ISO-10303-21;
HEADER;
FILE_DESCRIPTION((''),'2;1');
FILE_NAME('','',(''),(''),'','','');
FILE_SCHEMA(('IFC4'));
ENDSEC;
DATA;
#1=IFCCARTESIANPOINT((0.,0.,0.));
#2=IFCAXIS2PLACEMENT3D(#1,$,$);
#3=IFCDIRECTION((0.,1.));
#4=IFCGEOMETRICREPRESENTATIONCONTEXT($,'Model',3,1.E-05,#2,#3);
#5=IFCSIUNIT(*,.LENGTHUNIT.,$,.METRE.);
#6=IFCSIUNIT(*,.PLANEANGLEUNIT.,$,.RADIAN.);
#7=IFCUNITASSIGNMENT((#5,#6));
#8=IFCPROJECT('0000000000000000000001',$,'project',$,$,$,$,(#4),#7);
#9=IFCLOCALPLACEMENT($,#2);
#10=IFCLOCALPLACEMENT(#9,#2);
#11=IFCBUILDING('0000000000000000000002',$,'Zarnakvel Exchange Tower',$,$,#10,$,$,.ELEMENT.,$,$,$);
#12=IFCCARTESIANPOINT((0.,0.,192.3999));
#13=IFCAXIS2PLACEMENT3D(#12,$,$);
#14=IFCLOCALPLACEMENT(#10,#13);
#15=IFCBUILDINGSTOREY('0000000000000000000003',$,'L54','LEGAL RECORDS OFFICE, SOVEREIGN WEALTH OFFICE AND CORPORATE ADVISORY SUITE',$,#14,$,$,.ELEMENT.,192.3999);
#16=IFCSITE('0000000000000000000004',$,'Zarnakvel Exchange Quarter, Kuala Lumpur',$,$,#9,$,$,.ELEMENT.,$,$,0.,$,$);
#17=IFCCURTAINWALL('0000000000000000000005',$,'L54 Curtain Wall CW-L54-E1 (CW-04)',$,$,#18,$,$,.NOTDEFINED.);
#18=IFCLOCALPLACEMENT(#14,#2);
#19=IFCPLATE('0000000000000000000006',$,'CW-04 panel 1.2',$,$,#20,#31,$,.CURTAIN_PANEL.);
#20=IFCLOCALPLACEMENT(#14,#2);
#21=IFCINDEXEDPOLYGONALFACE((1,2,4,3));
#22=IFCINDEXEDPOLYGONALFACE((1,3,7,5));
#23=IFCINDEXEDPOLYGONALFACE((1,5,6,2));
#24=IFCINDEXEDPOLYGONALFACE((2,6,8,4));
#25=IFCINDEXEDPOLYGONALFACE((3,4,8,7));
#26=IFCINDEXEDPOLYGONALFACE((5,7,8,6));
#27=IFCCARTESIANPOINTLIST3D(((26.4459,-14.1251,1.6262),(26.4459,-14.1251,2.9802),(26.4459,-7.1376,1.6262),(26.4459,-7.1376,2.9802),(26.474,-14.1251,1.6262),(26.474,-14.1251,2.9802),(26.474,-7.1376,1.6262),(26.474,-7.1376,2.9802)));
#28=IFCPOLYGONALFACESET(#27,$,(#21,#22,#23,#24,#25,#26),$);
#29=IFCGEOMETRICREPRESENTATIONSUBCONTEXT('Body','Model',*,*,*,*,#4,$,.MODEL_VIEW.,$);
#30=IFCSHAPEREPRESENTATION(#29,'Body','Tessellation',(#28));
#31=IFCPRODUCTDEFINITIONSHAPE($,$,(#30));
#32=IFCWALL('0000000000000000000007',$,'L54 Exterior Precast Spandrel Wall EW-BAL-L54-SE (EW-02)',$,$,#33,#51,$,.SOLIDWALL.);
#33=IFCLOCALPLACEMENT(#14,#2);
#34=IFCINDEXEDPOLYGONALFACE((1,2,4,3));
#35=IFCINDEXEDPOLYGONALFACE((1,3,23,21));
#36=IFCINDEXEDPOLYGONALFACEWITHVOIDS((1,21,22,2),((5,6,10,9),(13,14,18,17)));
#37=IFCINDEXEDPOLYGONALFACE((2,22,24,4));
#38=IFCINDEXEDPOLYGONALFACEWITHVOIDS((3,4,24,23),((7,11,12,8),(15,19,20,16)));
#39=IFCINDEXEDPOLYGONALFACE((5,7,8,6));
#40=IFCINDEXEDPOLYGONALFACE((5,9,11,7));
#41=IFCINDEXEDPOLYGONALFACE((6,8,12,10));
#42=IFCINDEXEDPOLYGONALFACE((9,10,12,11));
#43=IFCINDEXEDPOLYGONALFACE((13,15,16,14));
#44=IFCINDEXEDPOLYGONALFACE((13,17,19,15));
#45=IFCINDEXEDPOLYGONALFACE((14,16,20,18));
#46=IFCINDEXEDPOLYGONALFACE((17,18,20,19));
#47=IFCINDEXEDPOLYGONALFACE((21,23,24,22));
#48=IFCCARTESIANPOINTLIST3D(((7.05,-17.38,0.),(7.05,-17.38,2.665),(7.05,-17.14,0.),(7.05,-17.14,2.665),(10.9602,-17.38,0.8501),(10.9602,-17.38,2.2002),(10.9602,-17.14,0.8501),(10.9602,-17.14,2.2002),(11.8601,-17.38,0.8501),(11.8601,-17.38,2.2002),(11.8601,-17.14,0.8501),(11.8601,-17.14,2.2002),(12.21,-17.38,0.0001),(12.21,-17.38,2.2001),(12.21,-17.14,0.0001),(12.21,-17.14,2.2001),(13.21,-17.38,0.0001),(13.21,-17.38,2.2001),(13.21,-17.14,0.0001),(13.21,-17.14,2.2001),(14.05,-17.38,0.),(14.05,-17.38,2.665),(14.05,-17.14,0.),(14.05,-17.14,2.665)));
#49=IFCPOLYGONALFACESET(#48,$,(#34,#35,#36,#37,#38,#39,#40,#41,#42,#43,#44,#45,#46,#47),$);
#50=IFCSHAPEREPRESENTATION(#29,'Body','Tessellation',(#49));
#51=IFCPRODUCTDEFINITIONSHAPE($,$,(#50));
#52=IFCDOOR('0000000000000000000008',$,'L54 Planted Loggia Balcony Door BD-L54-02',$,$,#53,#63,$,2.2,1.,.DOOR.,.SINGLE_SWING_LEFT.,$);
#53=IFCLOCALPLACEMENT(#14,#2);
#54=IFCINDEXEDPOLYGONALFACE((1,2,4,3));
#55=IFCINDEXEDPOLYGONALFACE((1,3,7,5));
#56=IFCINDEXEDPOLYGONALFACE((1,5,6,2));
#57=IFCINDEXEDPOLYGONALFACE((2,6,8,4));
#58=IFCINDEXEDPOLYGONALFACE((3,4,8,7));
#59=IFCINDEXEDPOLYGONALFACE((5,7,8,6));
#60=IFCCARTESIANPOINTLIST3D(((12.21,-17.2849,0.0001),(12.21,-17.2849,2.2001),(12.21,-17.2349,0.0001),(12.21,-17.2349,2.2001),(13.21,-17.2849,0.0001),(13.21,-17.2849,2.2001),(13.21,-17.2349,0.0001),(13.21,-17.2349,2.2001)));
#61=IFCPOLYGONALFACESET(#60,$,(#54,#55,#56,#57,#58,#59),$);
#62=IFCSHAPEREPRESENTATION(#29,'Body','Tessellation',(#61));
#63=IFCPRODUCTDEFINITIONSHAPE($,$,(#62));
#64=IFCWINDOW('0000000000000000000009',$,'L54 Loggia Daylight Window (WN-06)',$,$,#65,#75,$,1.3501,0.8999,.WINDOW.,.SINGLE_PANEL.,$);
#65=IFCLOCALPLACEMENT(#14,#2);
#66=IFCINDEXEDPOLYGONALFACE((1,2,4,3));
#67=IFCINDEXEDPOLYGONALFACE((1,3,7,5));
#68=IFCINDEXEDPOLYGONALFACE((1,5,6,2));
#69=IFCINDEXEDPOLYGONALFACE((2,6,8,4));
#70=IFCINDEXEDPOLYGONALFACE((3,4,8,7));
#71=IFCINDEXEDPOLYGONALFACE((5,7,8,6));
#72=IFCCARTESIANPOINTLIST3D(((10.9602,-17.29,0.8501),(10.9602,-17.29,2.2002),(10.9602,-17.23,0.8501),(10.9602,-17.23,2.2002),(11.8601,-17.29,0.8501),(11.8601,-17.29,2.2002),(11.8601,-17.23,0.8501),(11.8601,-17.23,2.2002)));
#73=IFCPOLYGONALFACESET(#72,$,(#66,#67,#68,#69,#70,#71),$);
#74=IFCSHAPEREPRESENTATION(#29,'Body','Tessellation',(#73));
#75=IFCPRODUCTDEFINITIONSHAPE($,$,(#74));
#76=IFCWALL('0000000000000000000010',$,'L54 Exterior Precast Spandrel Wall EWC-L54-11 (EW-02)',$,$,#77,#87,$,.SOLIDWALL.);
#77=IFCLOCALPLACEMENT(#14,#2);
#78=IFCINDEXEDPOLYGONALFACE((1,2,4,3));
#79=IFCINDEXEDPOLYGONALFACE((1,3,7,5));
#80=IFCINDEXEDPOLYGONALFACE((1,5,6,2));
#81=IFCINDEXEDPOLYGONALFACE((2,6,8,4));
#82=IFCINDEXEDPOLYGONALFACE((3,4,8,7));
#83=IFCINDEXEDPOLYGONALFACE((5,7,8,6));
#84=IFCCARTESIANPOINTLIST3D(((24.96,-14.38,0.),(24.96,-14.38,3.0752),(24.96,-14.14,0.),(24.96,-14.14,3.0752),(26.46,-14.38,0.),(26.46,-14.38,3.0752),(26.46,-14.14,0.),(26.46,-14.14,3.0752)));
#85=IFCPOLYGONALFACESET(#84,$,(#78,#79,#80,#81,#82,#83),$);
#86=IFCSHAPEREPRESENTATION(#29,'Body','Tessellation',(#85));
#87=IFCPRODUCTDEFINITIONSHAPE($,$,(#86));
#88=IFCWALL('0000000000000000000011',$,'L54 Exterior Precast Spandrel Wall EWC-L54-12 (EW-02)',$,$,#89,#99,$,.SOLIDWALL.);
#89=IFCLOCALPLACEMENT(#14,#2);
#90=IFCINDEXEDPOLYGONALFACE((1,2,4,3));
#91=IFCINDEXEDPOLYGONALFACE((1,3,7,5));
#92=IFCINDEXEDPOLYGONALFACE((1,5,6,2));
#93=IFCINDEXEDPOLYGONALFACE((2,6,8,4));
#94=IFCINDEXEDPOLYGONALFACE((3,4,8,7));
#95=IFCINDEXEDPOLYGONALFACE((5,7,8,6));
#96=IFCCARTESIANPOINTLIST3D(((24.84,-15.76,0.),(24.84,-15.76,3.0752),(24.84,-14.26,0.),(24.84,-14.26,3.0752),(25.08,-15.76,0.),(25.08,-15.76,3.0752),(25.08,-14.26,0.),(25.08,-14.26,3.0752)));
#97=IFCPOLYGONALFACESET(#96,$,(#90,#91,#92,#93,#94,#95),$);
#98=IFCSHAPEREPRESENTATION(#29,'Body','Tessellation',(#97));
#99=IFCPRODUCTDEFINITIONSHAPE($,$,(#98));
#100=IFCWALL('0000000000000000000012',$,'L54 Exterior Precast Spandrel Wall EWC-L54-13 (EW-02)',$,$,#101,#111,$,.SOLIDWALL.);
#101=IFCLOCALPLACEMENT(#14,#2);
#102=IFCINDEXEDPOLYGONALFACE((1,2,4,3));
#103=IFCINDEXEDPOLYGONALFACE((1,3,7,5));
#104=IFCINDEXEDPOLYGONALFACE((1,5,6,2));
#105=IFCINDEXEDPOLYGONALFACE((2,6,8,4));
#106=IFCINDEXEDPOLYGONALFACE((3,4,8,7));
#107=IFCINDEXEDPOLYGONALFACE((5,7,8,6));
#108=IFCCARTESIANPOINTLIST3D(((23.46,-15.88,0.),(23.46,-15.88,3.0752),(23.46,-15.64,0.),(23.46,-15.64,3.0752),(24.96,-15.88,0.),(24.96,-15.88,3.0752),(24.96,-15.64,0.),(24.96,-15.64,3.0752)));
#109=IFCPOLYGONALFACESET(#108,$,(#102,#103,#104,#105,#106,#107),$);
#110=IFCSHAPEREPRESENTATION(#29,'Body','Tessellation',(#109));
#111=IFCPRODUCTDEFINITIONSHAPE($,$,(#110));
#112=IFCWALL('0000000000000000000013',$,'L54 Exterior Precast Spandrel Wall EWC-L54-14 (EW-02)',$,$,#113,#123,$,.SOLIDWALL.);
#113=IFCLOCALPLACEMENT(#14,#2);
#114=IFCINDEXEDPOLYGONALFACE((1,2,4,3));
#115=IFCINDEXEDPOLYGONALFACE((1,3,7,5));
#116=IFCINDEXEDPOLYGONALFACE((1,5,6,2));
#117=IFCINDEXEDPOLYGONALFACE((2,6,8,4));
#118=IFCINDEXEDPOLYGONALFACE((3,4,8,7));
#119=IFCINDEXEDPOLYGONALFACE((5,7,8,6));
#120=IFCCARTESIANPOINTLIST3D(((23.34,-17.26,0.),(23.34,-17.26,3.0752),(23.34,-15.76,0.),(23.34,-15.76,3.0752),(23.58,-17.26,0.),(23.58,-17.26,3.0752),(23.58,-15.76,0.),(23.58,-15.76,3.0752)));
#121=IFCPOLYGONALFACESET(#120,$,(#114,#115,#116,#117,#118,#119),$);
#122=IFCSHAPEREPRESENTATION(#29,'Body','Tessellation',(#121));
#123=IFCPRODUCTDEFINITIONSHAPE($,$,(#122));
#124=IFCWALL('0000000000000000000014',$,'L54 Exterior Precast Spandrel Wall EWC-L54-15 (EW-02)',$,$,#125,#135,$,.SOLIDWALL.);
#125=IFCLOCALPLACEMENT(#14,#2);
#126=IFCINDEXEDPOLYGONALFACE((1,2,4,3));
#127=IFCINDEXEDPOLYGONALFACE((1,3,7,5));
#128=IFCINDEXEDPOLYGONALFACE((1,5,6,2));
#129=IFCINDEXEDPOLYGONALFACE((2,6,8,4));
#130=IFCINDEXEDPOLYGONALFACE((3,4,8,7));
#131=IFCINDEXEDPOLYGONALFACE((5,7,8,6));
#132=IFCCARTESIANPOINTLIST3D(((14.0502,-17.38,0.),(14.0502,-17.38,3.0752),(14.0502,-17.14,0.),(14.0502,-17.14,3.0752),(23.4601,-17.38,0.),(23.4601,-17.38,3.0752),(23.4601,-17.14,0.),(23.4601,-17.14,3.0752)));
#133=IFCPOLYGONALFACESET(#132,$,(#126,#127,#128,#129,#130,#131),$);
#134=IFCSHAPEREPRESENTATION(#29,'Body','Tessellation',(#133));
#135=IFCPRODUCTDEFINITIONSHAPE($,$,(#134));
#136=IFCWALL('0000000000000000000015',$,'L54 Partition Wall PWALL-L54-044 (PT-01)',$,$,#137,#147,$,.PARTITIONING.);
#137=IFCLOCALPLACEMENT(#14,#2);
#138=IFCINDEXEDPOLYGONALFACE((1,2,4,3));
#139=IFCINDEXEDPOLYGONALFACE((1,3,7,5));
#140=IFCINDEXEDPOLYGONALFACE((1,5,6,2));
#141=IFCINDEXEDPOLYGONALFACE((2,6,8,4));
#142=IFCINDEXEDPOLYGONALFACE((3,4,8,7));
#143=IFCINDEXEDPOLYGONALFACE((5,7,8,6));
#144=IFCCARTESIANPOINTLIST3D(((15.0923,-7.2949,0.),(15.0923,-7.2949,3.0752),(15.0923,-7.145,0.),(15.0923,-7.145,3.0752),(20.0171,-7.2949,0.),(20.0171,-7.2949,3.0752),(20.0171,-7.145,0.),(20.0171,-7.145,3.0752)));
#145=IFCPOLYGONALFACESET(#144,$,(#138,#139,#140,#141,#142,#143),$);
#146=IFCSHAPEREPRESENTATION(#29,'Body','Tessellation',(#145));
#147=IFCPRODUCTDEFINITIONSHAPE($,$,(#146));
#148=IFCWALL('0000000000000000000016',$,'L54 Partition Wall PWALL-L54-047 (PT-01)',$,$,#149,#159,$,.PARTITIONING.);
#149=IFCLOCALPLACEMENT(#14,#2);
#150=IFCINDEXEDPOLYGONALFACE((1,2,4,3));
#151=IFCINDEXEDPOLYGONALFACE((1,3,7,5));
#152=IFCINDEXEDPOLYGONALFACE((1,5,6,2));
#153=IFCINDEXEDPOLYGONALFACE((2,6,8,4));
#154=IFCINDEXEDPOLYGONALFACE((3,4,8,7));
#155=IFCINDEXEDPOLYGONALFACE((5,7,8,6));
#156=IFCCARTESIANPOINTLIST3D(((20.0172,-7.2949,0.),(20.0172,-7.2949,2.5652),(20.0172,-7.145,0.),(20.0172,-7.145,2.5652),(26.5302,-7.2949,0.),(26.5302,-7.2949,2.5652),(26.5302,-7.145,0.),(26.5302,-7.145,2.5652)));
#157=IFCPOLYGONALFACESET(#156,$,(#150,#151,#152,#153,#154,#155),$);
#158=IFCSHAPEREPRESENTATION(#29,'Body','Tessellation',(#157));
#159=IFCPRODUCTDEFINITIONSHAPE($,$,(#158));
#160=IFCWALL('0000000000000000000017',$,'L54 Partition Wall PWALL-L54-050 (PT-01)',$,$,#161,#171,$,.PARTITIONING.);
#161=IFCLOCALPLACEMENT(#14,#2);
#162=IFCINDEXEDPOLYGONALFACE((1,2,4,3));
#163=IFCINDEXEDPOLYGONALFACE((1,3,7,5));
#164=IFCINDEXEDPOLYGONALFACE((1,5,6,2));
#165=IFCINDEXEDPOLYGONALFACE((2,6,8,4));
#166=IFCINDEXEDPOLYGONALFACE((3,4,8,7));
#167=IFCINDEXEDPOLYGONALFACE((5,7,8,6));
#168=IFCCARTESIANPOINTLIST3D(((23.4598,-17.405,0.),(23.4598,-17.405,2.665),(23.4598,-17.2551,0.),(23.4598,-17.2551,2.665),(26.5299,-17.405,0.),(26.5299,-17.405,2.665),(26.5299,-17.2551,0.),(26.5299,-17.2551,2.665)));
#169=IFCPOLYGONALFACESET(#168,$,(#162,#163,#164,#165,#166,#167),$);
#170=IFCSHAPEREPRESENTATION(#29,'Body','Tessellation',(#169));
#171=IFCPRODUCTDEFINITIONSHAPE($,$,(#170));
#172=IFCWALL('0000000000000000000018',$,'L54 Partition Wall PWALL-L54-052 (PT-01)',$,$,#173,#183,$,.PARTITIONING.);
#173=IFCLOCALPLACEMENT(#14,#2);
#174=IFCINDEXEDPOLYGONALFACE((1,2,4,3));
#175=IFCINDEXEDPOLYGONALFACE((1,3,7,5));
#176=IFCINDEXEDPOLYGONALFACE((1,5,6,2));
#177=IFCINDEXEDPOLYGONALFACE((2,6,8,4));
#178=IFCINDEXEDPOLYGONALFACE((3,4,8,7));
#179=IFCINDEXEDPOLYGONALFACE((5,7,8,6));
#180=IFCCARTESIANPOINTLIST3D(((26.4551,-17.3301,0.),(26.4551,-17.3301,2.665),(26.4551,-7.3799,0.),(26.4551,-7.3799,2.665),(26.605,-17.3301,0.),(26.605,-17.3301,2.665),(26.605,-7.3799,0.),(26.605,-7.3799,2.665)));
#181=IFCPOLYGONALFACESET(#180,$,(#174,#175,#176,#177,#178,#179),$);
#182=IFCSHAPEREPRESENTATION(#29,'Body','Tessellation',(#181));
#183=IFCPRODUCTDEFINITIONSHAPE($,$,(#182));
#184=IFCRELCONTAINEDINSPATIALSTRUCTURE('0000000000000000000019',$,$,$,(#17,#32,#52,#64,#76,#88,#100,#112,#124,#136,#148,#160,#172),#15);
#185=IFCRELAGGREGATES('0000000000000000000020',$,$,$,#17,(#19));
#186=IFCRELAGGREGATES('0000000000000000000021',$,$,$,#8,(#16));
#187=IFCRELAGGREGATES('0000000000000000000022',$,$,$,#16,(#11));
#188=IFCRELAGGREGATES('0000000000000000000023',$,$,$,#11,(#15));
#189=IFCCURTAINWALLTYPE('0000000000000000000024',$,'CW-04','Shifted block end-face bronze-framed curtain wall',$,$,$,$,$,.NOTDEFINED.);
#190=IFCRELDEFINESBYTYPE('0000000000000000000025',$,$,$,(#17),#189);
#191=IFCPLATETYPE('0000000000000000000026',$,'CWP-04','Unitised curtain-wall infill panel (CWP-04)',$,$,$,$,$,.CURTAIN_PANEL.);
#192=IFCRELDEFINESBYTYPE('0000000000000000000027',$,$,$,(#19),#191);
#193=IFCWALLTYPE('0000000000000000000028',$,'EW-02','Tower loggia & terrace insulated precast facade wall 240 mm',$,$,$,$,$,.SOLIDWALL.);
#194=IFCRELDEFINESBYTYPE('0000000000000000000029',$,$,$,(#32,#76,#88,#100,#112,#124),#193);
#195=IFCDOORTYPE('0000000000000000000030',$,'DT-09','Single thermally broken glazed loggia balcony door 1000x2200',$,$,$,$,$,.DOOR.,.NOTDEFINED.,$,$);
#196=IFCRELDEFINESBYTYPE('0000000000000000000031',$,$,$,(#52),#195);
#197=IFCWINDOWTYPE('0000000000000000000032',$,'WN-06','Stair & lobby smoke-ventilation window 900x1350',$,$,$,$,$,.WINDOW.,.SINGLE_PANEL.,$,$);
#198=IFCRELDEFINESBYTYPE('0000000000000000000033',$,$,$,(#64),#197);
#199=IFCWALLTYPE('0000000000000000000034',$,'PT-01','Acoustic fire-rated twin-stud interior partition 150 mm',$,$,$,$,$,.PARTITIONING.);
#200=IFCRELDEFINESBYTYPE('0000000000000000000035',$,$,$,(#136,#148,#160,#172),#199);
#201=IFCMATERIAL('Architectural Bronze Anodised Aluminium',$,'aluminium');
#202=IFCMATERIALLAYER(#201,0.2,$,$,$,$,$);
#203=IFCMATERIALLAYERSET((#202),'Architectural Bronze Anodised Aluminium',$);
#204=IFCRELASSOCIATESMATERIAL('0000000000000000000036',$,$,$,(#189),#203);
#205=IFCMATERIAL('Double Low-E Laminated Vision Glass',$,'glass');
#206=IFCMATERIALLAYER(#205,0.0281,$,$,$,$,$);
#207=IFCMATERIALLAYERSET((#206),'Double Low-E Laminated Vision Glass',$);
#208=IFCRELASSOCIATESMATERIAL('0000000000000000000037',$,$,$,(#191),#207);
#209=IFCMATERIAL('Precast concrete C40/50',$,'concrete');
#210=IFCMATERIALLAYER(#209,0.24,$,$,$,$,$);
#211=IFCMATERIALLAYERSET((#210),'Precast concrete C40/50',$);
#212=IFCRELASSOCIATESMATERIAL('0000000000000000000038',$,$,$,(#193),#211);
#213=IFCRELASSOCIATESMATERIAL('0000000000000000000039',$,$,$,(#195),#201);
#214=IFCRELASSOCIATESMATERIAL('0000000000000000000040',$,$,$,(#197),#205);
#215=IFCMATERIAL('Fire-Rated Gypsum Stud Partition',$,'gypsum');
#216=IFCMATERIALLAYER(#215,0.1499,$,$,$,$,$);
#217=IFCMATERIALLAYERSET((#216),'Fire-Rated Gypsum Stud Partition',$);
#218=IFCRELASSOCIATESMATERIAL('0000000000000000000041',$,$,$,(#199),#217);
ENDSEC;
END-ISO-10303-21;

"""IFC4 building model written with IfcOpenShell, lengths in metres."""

from ifc_helpers import new_model, si_unit, direction, frame, frame_2d, origin, origin_2d, place, context, subcontext, project, spatial, rectangle, extrude, source, transform, mapped, material, layer, layer_set, type_object, element, fill, aggregate, save


model = new_model("IFC4")

# Units and contexts
model_context = context("Model", 3, precision=1e-05, world=origin(), true_north=direction((0.0, 1.0)))
body_context = subcontext(model_context, "Body", "Model", "MODEL_VIEW")
ifc_project = project(units=[si_unit("LENGTHUNIT", "METRE"), si_unit("PLANEANGLEUNIT", "RADIAN")], contexts=[model_context])

# Site, building, storey
site_placement = place(None, origin())
site = spatial("IfcSite", under=ifc_project, at=site_placement, Name="Zarnakvel Exchange Quarter, Kuala Lumpur", CompositionType="ELEMENT", RefElevation=0.0)
building_placement = place(site_placement, origin())
building = spatial("IfcBuilding", under=site, at=building_placement, Name="Zarnakvel Exchange Tower", CompositionType="ELEMENT")
storey_placement = place(building_placement, frame((0.0, 0.0, 192.3999)))
storey = spatial("IfcBuildingStorey", under=building, at=storey_placement, Name="L54", Description="LEGAL RECORDS OFFICE, SOVEREIGN WEALTH OFFICE AND CORPORATE ADVISORY SUITE", CompositionType="ELEMENT", Elevation=192.3999)

# Curtain wall, plate
ifc_material_1 = material(Name="Architectural Bronze Anodised Aluminium", Category="aluminium")
ifc_layer_1 = layer(ifc_material_1, 0.2)
ifc_layer_set_1 = layer_set([ifc_layer_1], Name="Architectural Bronze Anodised Aluminium")
curtain_wall_type = type_object("IfcCurtainWallType", Name="CW-04", Description="Shifted block end-face bronze-framed curtain wall", PredefinedType="NOTDEFINED", material=ifc_layer_set_1)
curtain_wall_placement = place(storey_placement, origin())
curtain_wall = element("IfcCurtainWall", 1, at=curtain_wall_placement, inside=storey, type_object=curtain_wall_type, Name="L54 Curtain Wall CW-L54-E1 (CW-04)", PredefinedType="NOTDEFINED")
ifc_material_2 = material(Name="Double Low-E Laminated Vision Glass", Category="glass")
ifc_layer_2 = layer(ifc_material_2, 0.0281)
ifc_layer_set_2 = layer_set([ifc_layer_2], Name="Double Low-E Laminated Vision Glass")
plate_type = type_object("IfcPlateType", Name="CWP-04", Description="Unitised curtain-wall infill panel (CWP-04)", PredefinedType="CURTAIN_PANEL", material=ifc_layer_set_2)
shared_shape_1 = source(origin(), body_context, "Body", "SweptSolid", [
    extrude(rectangle(XDim=6.9875, YDim=0.0281, at=origin_2d()), origin(), (0.0, 0.0, 1.0), 1.354),
])
plate_1_placement = place(storey_placement, frame((26.46, -10.6313, 1.6262), z_axis=(0.0, 0.0, 1.0), x_axis=(0.0, 1.0, 0.0)))
plate_1 = element("IfcPlate", 2, at=plate_1_placement, type_object=plate_type, Name="CW-04 panel 1.2", PredefinedType="CURTAIN_PANEL", context=body_context, shape_type="MappedRepresentation", body=[
    mapped(shared_shape_1, transform((0.0, 0.0, 0.0), x_axis=(1.0, 0.0, 0.0), y_axis=(0.0, 1.0, 0.0), z_axis=(0.0, 0.0, 1.0), scale=1.0)),
])
aggregate(curtain_wall, [plate_1])

# Wall, openings, door, window
ifc_material_3 = material(Name="Precast concrete C40/50", Category="concrete")
ifc_layer_3 = layer(ifc_material_3, 0.24)
ifc_layer_set_3 = layer_set([ifc_layer_3], Name="Precast concrete C40/50")
wall_type_1 = type_object("IfcWallType", Name="EW-02", Description="Tower loggia & terrace insulated precast facade wall 240 mm", PredefinedType="SOLIDWALL", material=ifc_layer_set_3)
wall_1_placement = place(storey_placement, frame((14.05, -17.26, 0.0), z_axis=(0.0, 0.0, 1.0), x_axis=(-1.0, 0.0, 0.0)))
wall_1 = element("IfcWall", 3, at=wall_1_placement, inside=storey, type_object=wall_type_1, Name="L54 Exterior Precast Spandrel Wall EW-BAL-L54-SE (EW-02)", PredefinedType="SOLIDWALL", context=body_context, shape_type="SweptSolid", body=[
    extrude(rectangle(XDim=7.0, YDim=0.24, at=frame_2d((3.5, 0.0))), origin(), (0.0, 0.0, 1.0), 2.665),
])
opening_1_placement = place(wall_1_placement, frame((0.8401, 0.0, 0.0)))
opening_1 = element("IfcOpeningElement", 4, at=opening_1_placement, cuts=wall_1, PredefinedType="OPENING", context=body_context, shape_type="SweptSolid", body=[
    extrude(rectangle(XDim=1.0, YDim=2.2, at=frame_2d((0.5, 1.1001))), frame((0.0, 0.1299, 0.0), z_axis=(0.0, -1.0, 0.0), x_axis=(1.0, 0.0, 0.0)), (0.0, 0.0, 1.0), 0.26),
])
opening_2_placement = place(wall_1_placement, frame((2.1899, 0.0, 0.8501)))
opening_2 = element("IfcOpeningElement", 5, at=opening_2_placement, cuts=wall_1, PredefinedType="OPENING", context=body_context, shape_type="SweptSolid", body=[
    extrude(rectangle(XDim=0.8999, YDim=1.3501, at=frame_2d((0.45, 0.675))), frame((0.0, 0.1299, 0.0), z_axis=(0.0, -1.0, 0.0), x_axis=(1.0, 0.0, 0.0)), (0.0, 0.0, 1.0), 0.26),
])
door_type_1 = type_object("IfcDoorType", Name="DT-09", Description="Single thermally broken glazed loggia balcony door 1000x2200", OperationType="NOTDEFINED", PredefinedType="DOOR", material=ifc_material_1)
shared_shape_2 = source(origin(), body_context, "Body", "SweptSolid", [
    extrude(rectangle(XDim=1.0, YDim=2.2, at=frame_2d((0.5, 1.1001))), frame((0.0, 0.0249, 0.0), z_axis=(0.0, -1.0, 0.0), x_axis=(1.0, 0.0, 0.0)), (0.0, 0.0, 1.0), 0.05),
])
door_1_placement = place(opening_1_placement, origin())
door_1 = element("IfcDoor", 6, at=door_1_placement, inside=storey, type_object=door_type_1, Name="L54 Planted Loggia Balcony Door BD-L54-02", OperationType="SINGLE_SWING_LEFT", OverallHeight=2.2, OverallWidth=1.0, PredefinedType="DOOR", context=body_context, shape_type="MappedRepresentation", body=[
    mapped(shared_shape_2, transform((0.0, 0.0, 0.0), x_axis=(1.0, 0.0, 0.0), y_axis=(0.0, 1.0, 0.0), z_axis=(0.0, 0.0, 1.0), scale=1.0)),
])
fill(opening_1, door_1)
window_type = type_object("IfcWindowType", Name="WN-06", Description="Stair & lobby smoke-ventilation window 900x1350", PartitioningType="SINGLE_PANEL", PredefinedType="WINDOW", material=ifc_material_2)
shared_shape_3 = source(origin(), body_context, "Body", "SweptSolid", [
    extrude(rectangle(XDim=0.8999, YDim=1.3501, at=frame_2d((0.45, 0.675))), frame((0.0, 0.03, 0.0), z_axis=(0.0, -1.0, 0.0), x_axis=(1.0, 0.0, 0.0)), (0.0, 0.0, 1.0), 0.0601),
])
window_placement = place(opening_2_placement, origin())
window = element("IfcWindow", 7, at=window_placement, inside=storey, type_object=window_type, Name="L54 Loggia Daylight Window (WN-06)", OverallHeight=1.3501, OverallWidth=0.8999, PartitioningType="SINGLE_PANEL", PredefinedType="WINDOW", context=body_context, shape_type="MappedRepresentation", body=[
    mapped(shared_shape_3, transform((0.0, 0.0, 0.0), x_axis=(1.0, 0.0, 0.0), y_axis=(0.0, 1.0, 0.0), z_axis=(0.0, 0.0, 1.0), scale=1.0)),
])
fill(opening_2, window)

# Walls
for number, where, z_axis, x_axis, name in (
    (8, (24.96, -14.26, 0.0), (0.0, 0.0, 1.0), (1.0, 0.0, 0.0), "L54 Exterior Precast Spandrel Wall EWC-L54-11 (EW-02)"),
    (9, (24.96, -15.76, 0.0), (0.0, 0.0, 1.0), (0.0, 1.0, 0.0), "L54 Exterior Precast Spandrel Wall EWC-L54-12 (EW-02)"),
    (10, (23.46, -15.76, 0.0), (0.0, 0.0, 1.0), (1.0, 0.0, 0.0), "L54 Exterior Precast Spandrel Wall EWC-L54-13 (EW-02)"),
    (11, (23.46, -17.26, 0.0), (0.0, 0.0, 1.0), (0.0, 1.0, 0.0), "L54 Exterior Precast Spandrel Wall EWC-L54-14 (EW-02)"),
):
    element("IfcWall", number, at=place(storey_placement, frame(where, z_axis=z_axis, x_axis=x_axis)), inside=storey, type_object=wall_type_1, Name=name, PredefinedType="SOLIDWALL", context=body_context, shape_type="SweptSolid", body=[
        extrude(rectangle(XDim=1.5, YDim=0.24, at=frame_2d((0.75, 0.0))), origin(), (0.0, 0.0, 1.0), 3.0752),
    ])
wall_2_placement = place(storey_placement, frame((14.05, -17.26, 0.0), z_axis=(0.0, 0.0, 1.0), x_axis=(1.0, 0.0, 0.0)))
element("IfcWall", 12, at=wall_2_placement, inside=storey, type_object=wall_type_1, Name="L54 Exterior Precast Spandrel Wall EWC-L54-15 (EW-02)", PredefinedType="SOLIDWALL", context=body_context, shape_type="SweptSolid", body=[
    extrude(rectangle(XDim=9.4099, YDim=0.24, at=frame_2d((4.7051, 0.0))), origin(), (0.0, 0.0, 1.0), 3.0752),
])

# Shared definitions
ifc_material_4 = material(Name="Fire-Rated Gypsum Stud Partition", Category="gypsum")
ifc_layer_4 = layer(ifc_material_4, 0.1499)
ifc_layer_set_4 = layer_set([ifc_layer_4], Name="Fire-Rated Gypsum Stud Partition")
wall_type_2 = type_object("IfcWallType", Name="PT-01", Description="Acoustic fire-rated twin-stud interior partition 150 mm", PredefinedType="PARTITIONING", material=ifc_layer_set_4)

# Walls
wall_3_placement = place(storey_placement, frame((20.0171, -7.22, 0.0), z_axis=(0.0, 0.0, 1.0), x_axis=(-1.0, 0.0, 0.0)))
element("IfcWall", 13, at=wall_3_placement, inside=storey, type_object=wall_type_2, Name="L54 Partition Wall PWALL-L54-044 (PT-01)", PredefinedType="PARTITIONING", context=body_context, shape_type="SweptSolid", body=[
    extrude(rectangle(XDim=4.9248, YDim=0.1499, at=frame_2d((2.4624, 0.0))), origin(), (0.0, 0.0, 1.0), 3.0752),
])
wall_4_placement = place(storey_placement, frame((26.53, -7.22, 0.0), z_axis=(0.0, 0.0, 1.0), x_axis=(-1.0, 0.0, 0.0)))
element("IfcWall", 14, at=wall_4_placement, inside=storey, type_object=wall_type_2, Name="L54 Partition Wall PWALL-L54-047 (PT-01)", PredefinedType="PARTITIONING", context=body_context, shape_type="SweptSolid", body=[
    extrude(rectangle(XDim=6.5129, YDim=0.1499, at=frame_2d((3.2563, 0.0))), origin(), (0.0, 0.0, 1.0), 2.5652),
])
wall_5_placement = place(storey_placement, frame((26.53, -17.3301, 0.0), z_axis=(0.0, 0.0, 1.0), x_axis=(-1.0, 0.0, 0.0)))
element("IfcWall", 15, at=wall_5_placement, inside=storey, type_object=wall_type_2, Name="L54 Partition Wall PWALL-L54-050 (PT-01)", PredefinedType="PARTITIONING", context=body_context, shape_type="SweptSolid", body=[
    extrude(rectangle(XDim=3.0701, YDim=0.1499, at=frame_2d((1.5352, 0.0))), origin(), (0.0, 0.0, 1.0), 2.665),
])
wall_6_placement = place(storey_placement, frame((26.53, -7.3799, 0.0), z_axis=(0.0, 0.0, 1.0), x_axis=(0.0, -1.0, 0.0)))
element("IfcWall", 16, at=wall_6_placement, inside=storey, type_object=wall_type_2, Name="L54 Partition Wall PWALL-L54-052 (PT-01)", PredefinedType="PARTITIONING", context=body_context, shape_type="SweptSolid", body=[
    extrude(rectangle(XDim=9.9502, YDim=0.1499, at=frame_2d((4.9751, 0.0))), origin(), (0.0, 0.0, 1.0), 2.665),
])

save(model, "model.ifc")
